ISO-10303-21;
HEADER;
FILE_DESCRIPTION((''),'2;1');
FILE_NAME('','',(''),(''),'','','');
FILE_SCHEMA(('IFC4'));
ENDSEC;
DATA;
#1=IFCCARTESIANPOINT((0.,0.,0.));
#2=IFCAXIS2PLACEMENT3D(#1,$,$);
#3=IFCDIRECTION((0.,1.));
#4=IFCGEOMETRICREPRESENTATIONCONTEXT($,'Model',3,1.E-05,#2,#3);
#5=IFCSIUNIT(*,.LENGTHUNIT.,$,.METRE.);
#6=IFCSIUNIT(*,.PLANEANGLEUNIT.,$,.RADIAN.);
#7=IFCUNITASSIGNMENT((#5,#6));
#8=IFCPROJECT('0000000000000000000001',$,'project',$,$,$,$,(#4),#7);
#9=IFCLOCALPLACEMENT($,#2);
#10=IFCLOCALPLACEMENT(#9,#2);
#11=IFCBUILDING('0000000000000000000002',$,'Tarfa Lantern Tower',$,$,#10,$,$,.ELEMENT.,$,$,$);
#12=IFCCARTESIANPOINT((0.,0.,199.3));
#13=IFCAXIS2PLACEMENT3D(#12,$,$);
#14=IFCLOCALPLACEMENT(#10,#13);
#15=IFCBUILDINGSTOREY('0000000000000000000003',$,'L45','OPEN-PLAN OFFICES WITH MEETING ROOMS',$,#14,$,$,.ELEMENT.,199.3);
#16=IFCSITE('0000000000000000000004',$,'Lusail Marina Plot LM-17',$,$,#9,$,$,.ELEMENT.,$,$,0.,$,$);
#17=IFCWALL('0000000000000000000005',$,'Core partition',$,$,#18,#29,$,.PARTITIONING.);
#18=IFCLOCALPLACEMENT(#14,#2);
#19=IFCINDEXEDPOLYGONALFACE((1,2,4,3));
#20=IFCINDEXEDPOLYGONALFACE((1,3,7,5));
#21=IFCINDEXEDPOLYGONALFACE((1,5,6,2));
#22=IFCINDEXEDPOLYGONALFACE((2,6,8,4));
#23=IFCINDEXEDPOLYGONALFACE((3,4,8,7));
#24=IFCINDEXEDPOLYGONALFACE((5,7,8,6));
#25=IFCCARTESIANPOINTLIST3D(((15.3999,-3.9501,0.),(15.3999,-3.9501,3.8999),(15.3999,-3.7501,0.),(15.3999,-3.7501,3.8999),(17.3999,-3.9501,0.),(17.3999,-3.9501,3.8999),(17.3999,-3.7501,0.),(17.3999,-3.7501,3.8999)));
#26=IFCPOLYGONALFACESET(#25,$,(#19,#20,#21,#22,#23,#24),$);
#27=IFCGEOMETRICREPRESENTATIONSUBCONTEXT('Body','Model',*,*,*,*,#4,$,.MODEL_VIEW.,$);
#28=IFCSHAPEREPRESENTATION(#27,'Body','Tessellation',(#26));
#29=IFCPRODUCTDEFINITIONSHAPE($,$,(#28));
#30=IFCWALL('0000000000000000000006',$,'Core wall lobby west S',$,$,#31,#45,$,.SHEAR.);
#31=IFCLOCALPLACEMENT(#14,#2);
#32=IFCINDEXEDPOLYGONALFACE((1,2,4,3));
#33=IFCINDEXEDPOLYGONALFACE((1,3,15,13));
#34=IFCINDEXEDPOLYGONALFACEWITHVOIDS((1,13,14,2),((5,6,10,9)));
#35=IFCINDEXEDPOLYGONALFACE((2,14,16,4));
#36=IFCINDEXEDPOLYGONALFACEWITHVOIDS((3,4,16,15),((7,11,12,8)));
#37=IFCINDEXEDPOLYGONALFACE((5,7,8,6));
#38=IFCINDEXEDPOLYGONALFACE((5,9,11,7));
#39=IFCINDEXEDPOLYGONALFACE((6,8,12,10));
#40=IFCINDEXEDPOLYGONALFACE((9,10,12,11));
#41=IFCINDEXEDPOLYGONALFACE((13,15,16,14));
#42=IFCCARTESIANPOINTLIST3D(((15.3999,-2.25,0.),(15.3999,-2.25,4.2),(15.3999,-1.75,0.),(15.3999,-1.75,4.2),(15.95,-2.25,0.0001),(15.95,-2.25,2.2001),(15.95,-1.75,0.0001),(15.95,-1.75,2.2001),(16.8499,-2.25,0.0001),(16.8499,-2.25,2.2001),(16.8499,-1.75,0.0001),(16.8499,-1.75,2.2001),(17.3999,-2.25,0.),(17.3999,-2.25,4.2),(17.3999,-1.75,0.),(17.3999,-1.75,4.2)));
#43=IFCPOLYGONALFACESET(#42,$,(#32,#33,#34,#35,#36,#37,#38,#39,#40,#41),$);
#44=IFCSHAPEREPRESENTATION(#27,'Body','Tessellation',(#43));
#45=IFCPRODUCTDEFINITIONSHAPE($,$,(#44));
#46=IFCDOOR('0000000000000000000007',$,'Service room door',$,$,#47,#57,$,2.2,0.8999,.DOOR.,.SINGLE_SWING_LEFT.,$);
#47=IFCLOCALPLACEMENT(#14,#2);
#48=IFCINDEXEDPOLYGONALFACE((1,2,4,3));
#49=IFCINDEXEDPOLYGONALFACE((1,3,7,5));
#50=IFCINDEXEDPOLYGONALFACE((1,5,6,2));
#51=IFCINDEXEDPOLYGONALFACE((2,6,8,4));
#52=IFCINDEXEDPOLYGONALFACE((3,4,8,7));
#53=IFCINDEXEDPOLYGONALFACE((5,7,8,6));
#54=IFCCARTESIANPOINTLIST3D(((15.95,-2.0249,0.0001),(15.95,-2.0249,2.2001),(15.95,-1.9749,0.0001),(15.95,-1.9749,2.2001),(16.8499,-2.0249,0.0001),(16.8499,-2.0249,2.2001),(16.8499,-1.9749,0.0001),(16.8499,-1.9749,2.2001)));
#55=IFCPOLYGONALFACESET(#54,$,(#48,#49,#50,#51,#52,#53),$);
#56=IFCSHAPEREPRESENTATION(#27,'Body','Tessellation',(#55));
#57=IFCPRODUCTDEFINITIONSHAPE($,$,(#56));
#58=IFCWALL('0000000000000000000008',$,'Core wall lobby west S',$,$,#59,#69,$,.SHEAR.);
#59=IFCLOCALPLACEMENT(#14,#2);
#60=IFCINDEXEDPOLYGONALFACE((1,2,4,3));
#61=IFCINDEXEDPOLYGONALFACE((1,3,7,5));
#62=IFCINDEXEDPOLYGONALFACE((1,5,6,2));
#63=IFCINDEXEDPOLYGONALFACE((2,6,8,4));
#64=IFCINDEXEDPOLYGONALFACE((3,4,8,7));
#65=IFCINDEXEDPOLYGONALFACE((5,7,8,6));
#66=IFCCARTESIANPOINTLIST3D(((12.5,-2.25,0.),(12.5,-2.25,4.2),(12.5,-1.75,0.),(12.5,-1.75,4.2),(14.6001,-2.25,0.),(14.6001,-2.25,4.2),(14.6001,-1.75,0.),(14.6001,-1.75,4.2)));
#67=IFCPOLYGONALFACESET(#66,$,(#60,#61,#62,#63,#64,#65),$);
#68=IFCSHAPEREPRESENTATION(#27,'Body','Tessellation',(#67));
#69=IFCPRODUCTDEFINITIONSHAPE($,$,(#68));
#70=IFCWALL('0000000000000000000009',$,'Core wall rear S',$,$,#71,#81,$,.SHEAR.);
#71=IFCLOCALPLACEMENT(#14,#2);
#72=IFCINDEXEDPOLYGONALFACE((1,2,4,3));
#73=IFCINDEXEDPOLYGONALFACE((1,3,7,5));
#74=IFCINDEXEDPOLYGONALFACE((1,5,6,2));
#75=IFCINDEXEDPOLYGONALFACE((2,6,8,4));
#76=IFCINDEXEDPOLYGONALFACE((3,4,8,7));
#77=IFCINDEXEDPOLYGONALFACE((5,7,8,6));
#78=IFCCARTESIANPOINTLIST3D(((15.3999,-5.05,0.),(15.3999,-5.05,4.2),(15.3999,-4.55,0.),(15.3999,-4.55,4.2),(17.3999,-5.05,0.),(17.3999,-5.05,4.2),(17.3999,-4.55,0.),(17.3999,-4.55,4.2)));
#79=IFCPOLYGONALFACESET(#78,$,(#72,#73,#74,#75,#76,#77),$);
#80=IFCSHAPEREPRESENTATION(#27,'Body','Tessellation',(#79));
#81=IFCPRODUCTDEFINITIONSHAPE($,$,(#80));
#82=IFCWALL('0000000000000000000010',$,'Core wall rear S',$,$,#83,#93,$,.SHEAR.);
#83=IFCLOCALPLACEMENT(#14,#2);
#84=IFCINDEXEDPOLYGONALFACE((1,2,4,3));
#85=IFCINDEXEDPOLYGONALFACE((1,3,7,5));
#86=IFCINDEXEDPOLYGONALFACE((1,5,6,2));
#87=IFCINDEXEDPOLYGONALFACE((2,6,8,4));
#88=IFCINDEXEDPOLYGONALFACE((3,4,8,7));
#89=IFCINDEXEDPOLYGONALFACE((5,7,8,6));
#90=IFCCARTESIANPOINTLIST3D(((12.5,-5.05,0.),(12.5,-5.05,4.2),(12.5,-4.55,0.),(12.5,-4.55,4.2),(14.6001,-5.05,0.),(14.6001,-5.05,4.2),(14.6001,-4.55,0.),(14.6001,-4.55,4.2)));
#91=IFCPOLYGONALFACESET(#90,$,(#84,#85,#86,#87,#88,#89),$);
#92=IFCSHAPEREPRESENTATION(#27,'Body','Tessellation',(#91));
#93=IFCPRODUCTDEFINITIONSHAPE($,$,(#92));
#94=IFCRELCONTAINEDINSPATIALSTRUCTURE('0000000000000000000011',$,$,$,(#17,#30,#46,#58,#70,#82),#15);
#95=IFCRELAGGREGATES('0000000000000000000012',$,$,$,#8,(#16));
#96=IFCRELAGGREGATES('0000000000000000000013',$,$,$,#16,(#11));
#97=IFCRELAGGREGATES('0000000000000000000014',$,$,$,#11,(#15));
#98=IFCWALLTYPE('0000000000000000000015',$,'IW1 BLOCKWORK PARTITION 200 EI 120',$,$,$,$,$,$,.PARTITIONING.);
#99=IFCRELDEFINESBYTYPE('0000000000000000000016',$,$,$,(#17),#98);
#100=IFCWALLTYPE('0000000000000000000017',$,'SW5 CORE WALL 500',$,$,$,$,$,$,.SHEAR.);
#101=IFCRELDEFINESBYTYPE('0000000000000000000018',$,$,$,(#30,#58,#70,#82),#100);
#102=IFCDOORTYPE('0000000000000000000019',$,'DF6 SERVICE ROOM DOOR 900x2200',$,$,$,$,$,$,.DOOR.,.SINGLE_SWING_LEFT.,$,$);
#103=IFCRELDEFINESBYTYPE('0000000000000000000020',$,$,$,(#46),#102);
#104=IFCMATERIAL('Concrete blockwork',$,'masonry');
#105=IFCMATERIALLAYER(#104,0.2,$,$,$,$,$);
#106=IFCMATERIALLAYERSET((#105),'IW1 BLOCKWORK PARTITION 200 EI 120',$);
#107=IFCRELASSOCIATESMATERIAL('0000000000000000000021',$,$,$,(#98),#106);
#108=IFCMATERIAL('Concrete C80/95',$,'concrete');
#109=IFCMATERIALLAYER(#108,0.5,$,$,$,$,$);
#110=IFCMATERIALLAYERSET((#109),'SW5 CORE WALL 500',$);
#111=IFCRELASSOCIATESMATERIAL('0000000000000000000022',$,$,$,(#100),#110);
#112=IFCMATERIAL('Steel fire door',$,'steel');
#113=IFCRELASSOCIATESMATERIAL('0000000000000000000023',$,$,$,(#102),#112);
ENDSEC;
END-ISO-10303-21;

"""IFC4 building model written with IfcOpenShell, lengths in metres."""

from ifc_helpers import new_model, si_unit, direction, frame, frame_2d, origin, place, context, subcontext, project, spatial, rectangle, extrude, material, layer, layer_set, type_object, element, fill, save


model = new_model("IFC4")

# Units and contexts
model_context = context("Model", 3, precision=1e-05, world=origin(), true_north=direction((0.0, 1.0)))
body_context = subcontext(model_context, "Body", "Model", "MODEL_VIEW")
ifc_project = project(units=[si_unit("LENGTHUNIT", "METRE"), si_unit("PLANEANGLEUNIT", "RADIAN")], contexts=[model_context])

# Site, building, storey
site_placement = place(None, origin())
site = spatial("IfcSite", under=ifc_project, at=site_placement, Name="Lusail Marina Plot LM-17", CompositionType="ELEMENT", RefElevation=0.0)
building_placement = place(site_placement, origin())
building = spatial("IfcBuilding", under=site, at=building_placement, Name="Tarfa Lantern Tower", CompositionType="ELEMENT")
storey_placement = place(building_placement, frame((0.0, 0.0, 199.3)))
storey = spatial("IfcBuildingStorey", under=building, at=storey_placement, Name="L45", Description="OPEN-PLAN OFFICES WITH MEETING ROOMS", CompositionType="ELEMENT", Elevation=199.3)

# Wall
ifc_material_1 = material(Name="Concrete blockwork", Category="masonry")
ifc_layer_1 = layer(ifc_material_1, 0.2)
ifc_layer_set_1 = layer_set([ifc_layer_1], Name="IW1 BLOCKWORK PARTITION 200 EI 120")
wall_type_1 = type_object("IfcWallType", Name="IW1 BLOCKWORK PARTITION 200 EI 120", PredefinedType="PARTITIONING", material=ifc_layer_set_1)
wall_1_placement = place(storey_placement, frame((17.3999, -3.8501, 0.0), z_axis=(0.0, 0.0, 1.0), x_axis=(-1.0, 0.0, 0.0)))
element("IfcWall", 1, at=wall_1_placement, inside=storey, type_object=wall_type_1, Name="Core partition", PredefinedType="PARTITIONING", context=body_context, shape_type="SweptSolid", body=[
    extrude(rectangle(XDim=2.0, YDim=0.2, at=frame_2d((1.0, 0.0))), origin(), (0.0, 0.0, 1.0), 3.8999),
])

# Wall, opening, door
ifc_material_2 = material(Name="Concrete C80/95", Category="concrete")
ifc_material_3 = material(Name="Steel fire door", Category="steel")
ifc_layer_2 = layer(ifc_material_2, 0.5)
ifc_layer_set_2 = layer_set([ifc_layer_2], Name="SW5 CORE WALL 500")
wall_type_2 = type_object("IfcWallType", Name="SW5 CORE WALL 500", PredefinedType="SHEAR", material=ifc_layer_set_2)
wall_2_placement = place(storey_placement, frame((17.3999, -2.0, 0.0), z_axis=(0.0, 0.0, 1.0), x_axis=(-1.0, 0.0, 0.0)))
wall_2 = element("IfcWall", 2, at=wall_2_placement, inside=storey, type_object=wall_type_2, Name="Core wall lobby west S", PredefinedType="SHEAR", context=body_context, shape_type="SweptSolid", body=[
    extrude(rectangle(XDim=2.0, YDim=0.5, at=frame_2d((1.0, 0.0))), origin(), (0.0, 0.0, 1.0), 4.2),
])
opening_1_placement = place(wall_2_placement, frame((0.55, 0.0, 0.0)))
opening_1 = element("IfcOpeningElement", 3, at=opening_1_placement, cuts=wall_2, PredefinedType="OPENING", context=body_context, shape_type="SweptSolid", body=[
    extrude(rectangle(XDim=0.8999, YDim=2.2, at=frame_2d((0.45, 1.1001))), frame((0.0, 0.26, 0.0), z_axis=(0.0, -1.0, 0.0), x_axis=(1.0, 0.0, 0.0)), (0.0, 0.0, 1.0), 0.52),
])
door_type_1 = type_object("IfcDoorType", Name="DF6 SERVICE ROOM DOOR 900x2200", OperationType="SINGLE_SWING_LEFT", PredefinedType="DOOR", material=ifc_material_3)
door_1_placement = place(opening_1_placement, origin())
door_1 = element("IfcDoor", 4, at=door_1_placement, inside=storey, type_object=door_type_1, Name="Service room door", OperationType="SINGLE_SWING_LEFT", OverallHeight=2.2, OverallWidth=0.8999, PredefinedType="DOOR", context=body_context, shape_type="SweptSolid", body=[
    extrude(rectangle(XDim=0.8999, YDim=2.2, at=frame_2d((0.45, 1.1001))), frame((0.0, 0.0249, 0.0), z_axis=(0.0, -1.0, 0.0), x_axis=(1.0, 0.0, 0.0)), (0.0, 0.0, 1.0), 0.05),
])
fill(opening_1, door_1)

# Walls
wall_3_placement = place(storey_placement, frame((14.6001, -2.0, 0.0), z_axis=(0.0, 0.0, 1.0), x_axis=(-1.0, 0.0, 0.0)))
element("IfcWall", 5, at=wall_3_placement, inside=storey, type_object=wall_type_2, Name="Core wall lobby west S", PredefinedType="SHEAR", context=body_context, shape_type="SweptSolid", body=[
    extrude(rectangle(XDim=2.1001, YDim=0.5, at=frame_2d((1.05, 0.0))), origin(), (0.0, 0.0, 1.0), 4.2),
])
wall_4_placement = place(storey_placement, frame((17.3999, -4.8, 0.0), z_axis=(0.0, 0.0, 1.0), x_axis=(-1.0, 0.0, 0.0)))
element("IfcWall", 6, at=wall_4_placement, inside=storey, type_object=wall_type_2, Name="Core wall rear S", PredefinedType="SHEAR", context=body_context, shape_type="SweptSolid", body=[
    extrude(rectangle(XDim=2.0, YDim=0.5, at=frame_2d((1.0, 0.0))), origin(), (0.0, 0.0, 1.0), 4.2),
])
wall_5_placement = place(storey_placement, frame((14.6001, -4.8, 0.0), z_axis=(0.0, 0.0, 1.0), x_axis=(-1.0, 0.0, 0.0)))
element("IfcWall", 7, at=wall_5_placement, inside=storey, type_object=wall_type_2, Name="Core wall rear S", PredefinedType="SHEAR", context=body_context, shape_type="SweptSolid", body=[
    extrude(rectangle(XDim=2.1001, YDim=0.5, at=frame_2d((1.05, 0.0))), origin(), (0.0, 0.0, 1.0), 4.2),
])

save(model, "model.ifc")
